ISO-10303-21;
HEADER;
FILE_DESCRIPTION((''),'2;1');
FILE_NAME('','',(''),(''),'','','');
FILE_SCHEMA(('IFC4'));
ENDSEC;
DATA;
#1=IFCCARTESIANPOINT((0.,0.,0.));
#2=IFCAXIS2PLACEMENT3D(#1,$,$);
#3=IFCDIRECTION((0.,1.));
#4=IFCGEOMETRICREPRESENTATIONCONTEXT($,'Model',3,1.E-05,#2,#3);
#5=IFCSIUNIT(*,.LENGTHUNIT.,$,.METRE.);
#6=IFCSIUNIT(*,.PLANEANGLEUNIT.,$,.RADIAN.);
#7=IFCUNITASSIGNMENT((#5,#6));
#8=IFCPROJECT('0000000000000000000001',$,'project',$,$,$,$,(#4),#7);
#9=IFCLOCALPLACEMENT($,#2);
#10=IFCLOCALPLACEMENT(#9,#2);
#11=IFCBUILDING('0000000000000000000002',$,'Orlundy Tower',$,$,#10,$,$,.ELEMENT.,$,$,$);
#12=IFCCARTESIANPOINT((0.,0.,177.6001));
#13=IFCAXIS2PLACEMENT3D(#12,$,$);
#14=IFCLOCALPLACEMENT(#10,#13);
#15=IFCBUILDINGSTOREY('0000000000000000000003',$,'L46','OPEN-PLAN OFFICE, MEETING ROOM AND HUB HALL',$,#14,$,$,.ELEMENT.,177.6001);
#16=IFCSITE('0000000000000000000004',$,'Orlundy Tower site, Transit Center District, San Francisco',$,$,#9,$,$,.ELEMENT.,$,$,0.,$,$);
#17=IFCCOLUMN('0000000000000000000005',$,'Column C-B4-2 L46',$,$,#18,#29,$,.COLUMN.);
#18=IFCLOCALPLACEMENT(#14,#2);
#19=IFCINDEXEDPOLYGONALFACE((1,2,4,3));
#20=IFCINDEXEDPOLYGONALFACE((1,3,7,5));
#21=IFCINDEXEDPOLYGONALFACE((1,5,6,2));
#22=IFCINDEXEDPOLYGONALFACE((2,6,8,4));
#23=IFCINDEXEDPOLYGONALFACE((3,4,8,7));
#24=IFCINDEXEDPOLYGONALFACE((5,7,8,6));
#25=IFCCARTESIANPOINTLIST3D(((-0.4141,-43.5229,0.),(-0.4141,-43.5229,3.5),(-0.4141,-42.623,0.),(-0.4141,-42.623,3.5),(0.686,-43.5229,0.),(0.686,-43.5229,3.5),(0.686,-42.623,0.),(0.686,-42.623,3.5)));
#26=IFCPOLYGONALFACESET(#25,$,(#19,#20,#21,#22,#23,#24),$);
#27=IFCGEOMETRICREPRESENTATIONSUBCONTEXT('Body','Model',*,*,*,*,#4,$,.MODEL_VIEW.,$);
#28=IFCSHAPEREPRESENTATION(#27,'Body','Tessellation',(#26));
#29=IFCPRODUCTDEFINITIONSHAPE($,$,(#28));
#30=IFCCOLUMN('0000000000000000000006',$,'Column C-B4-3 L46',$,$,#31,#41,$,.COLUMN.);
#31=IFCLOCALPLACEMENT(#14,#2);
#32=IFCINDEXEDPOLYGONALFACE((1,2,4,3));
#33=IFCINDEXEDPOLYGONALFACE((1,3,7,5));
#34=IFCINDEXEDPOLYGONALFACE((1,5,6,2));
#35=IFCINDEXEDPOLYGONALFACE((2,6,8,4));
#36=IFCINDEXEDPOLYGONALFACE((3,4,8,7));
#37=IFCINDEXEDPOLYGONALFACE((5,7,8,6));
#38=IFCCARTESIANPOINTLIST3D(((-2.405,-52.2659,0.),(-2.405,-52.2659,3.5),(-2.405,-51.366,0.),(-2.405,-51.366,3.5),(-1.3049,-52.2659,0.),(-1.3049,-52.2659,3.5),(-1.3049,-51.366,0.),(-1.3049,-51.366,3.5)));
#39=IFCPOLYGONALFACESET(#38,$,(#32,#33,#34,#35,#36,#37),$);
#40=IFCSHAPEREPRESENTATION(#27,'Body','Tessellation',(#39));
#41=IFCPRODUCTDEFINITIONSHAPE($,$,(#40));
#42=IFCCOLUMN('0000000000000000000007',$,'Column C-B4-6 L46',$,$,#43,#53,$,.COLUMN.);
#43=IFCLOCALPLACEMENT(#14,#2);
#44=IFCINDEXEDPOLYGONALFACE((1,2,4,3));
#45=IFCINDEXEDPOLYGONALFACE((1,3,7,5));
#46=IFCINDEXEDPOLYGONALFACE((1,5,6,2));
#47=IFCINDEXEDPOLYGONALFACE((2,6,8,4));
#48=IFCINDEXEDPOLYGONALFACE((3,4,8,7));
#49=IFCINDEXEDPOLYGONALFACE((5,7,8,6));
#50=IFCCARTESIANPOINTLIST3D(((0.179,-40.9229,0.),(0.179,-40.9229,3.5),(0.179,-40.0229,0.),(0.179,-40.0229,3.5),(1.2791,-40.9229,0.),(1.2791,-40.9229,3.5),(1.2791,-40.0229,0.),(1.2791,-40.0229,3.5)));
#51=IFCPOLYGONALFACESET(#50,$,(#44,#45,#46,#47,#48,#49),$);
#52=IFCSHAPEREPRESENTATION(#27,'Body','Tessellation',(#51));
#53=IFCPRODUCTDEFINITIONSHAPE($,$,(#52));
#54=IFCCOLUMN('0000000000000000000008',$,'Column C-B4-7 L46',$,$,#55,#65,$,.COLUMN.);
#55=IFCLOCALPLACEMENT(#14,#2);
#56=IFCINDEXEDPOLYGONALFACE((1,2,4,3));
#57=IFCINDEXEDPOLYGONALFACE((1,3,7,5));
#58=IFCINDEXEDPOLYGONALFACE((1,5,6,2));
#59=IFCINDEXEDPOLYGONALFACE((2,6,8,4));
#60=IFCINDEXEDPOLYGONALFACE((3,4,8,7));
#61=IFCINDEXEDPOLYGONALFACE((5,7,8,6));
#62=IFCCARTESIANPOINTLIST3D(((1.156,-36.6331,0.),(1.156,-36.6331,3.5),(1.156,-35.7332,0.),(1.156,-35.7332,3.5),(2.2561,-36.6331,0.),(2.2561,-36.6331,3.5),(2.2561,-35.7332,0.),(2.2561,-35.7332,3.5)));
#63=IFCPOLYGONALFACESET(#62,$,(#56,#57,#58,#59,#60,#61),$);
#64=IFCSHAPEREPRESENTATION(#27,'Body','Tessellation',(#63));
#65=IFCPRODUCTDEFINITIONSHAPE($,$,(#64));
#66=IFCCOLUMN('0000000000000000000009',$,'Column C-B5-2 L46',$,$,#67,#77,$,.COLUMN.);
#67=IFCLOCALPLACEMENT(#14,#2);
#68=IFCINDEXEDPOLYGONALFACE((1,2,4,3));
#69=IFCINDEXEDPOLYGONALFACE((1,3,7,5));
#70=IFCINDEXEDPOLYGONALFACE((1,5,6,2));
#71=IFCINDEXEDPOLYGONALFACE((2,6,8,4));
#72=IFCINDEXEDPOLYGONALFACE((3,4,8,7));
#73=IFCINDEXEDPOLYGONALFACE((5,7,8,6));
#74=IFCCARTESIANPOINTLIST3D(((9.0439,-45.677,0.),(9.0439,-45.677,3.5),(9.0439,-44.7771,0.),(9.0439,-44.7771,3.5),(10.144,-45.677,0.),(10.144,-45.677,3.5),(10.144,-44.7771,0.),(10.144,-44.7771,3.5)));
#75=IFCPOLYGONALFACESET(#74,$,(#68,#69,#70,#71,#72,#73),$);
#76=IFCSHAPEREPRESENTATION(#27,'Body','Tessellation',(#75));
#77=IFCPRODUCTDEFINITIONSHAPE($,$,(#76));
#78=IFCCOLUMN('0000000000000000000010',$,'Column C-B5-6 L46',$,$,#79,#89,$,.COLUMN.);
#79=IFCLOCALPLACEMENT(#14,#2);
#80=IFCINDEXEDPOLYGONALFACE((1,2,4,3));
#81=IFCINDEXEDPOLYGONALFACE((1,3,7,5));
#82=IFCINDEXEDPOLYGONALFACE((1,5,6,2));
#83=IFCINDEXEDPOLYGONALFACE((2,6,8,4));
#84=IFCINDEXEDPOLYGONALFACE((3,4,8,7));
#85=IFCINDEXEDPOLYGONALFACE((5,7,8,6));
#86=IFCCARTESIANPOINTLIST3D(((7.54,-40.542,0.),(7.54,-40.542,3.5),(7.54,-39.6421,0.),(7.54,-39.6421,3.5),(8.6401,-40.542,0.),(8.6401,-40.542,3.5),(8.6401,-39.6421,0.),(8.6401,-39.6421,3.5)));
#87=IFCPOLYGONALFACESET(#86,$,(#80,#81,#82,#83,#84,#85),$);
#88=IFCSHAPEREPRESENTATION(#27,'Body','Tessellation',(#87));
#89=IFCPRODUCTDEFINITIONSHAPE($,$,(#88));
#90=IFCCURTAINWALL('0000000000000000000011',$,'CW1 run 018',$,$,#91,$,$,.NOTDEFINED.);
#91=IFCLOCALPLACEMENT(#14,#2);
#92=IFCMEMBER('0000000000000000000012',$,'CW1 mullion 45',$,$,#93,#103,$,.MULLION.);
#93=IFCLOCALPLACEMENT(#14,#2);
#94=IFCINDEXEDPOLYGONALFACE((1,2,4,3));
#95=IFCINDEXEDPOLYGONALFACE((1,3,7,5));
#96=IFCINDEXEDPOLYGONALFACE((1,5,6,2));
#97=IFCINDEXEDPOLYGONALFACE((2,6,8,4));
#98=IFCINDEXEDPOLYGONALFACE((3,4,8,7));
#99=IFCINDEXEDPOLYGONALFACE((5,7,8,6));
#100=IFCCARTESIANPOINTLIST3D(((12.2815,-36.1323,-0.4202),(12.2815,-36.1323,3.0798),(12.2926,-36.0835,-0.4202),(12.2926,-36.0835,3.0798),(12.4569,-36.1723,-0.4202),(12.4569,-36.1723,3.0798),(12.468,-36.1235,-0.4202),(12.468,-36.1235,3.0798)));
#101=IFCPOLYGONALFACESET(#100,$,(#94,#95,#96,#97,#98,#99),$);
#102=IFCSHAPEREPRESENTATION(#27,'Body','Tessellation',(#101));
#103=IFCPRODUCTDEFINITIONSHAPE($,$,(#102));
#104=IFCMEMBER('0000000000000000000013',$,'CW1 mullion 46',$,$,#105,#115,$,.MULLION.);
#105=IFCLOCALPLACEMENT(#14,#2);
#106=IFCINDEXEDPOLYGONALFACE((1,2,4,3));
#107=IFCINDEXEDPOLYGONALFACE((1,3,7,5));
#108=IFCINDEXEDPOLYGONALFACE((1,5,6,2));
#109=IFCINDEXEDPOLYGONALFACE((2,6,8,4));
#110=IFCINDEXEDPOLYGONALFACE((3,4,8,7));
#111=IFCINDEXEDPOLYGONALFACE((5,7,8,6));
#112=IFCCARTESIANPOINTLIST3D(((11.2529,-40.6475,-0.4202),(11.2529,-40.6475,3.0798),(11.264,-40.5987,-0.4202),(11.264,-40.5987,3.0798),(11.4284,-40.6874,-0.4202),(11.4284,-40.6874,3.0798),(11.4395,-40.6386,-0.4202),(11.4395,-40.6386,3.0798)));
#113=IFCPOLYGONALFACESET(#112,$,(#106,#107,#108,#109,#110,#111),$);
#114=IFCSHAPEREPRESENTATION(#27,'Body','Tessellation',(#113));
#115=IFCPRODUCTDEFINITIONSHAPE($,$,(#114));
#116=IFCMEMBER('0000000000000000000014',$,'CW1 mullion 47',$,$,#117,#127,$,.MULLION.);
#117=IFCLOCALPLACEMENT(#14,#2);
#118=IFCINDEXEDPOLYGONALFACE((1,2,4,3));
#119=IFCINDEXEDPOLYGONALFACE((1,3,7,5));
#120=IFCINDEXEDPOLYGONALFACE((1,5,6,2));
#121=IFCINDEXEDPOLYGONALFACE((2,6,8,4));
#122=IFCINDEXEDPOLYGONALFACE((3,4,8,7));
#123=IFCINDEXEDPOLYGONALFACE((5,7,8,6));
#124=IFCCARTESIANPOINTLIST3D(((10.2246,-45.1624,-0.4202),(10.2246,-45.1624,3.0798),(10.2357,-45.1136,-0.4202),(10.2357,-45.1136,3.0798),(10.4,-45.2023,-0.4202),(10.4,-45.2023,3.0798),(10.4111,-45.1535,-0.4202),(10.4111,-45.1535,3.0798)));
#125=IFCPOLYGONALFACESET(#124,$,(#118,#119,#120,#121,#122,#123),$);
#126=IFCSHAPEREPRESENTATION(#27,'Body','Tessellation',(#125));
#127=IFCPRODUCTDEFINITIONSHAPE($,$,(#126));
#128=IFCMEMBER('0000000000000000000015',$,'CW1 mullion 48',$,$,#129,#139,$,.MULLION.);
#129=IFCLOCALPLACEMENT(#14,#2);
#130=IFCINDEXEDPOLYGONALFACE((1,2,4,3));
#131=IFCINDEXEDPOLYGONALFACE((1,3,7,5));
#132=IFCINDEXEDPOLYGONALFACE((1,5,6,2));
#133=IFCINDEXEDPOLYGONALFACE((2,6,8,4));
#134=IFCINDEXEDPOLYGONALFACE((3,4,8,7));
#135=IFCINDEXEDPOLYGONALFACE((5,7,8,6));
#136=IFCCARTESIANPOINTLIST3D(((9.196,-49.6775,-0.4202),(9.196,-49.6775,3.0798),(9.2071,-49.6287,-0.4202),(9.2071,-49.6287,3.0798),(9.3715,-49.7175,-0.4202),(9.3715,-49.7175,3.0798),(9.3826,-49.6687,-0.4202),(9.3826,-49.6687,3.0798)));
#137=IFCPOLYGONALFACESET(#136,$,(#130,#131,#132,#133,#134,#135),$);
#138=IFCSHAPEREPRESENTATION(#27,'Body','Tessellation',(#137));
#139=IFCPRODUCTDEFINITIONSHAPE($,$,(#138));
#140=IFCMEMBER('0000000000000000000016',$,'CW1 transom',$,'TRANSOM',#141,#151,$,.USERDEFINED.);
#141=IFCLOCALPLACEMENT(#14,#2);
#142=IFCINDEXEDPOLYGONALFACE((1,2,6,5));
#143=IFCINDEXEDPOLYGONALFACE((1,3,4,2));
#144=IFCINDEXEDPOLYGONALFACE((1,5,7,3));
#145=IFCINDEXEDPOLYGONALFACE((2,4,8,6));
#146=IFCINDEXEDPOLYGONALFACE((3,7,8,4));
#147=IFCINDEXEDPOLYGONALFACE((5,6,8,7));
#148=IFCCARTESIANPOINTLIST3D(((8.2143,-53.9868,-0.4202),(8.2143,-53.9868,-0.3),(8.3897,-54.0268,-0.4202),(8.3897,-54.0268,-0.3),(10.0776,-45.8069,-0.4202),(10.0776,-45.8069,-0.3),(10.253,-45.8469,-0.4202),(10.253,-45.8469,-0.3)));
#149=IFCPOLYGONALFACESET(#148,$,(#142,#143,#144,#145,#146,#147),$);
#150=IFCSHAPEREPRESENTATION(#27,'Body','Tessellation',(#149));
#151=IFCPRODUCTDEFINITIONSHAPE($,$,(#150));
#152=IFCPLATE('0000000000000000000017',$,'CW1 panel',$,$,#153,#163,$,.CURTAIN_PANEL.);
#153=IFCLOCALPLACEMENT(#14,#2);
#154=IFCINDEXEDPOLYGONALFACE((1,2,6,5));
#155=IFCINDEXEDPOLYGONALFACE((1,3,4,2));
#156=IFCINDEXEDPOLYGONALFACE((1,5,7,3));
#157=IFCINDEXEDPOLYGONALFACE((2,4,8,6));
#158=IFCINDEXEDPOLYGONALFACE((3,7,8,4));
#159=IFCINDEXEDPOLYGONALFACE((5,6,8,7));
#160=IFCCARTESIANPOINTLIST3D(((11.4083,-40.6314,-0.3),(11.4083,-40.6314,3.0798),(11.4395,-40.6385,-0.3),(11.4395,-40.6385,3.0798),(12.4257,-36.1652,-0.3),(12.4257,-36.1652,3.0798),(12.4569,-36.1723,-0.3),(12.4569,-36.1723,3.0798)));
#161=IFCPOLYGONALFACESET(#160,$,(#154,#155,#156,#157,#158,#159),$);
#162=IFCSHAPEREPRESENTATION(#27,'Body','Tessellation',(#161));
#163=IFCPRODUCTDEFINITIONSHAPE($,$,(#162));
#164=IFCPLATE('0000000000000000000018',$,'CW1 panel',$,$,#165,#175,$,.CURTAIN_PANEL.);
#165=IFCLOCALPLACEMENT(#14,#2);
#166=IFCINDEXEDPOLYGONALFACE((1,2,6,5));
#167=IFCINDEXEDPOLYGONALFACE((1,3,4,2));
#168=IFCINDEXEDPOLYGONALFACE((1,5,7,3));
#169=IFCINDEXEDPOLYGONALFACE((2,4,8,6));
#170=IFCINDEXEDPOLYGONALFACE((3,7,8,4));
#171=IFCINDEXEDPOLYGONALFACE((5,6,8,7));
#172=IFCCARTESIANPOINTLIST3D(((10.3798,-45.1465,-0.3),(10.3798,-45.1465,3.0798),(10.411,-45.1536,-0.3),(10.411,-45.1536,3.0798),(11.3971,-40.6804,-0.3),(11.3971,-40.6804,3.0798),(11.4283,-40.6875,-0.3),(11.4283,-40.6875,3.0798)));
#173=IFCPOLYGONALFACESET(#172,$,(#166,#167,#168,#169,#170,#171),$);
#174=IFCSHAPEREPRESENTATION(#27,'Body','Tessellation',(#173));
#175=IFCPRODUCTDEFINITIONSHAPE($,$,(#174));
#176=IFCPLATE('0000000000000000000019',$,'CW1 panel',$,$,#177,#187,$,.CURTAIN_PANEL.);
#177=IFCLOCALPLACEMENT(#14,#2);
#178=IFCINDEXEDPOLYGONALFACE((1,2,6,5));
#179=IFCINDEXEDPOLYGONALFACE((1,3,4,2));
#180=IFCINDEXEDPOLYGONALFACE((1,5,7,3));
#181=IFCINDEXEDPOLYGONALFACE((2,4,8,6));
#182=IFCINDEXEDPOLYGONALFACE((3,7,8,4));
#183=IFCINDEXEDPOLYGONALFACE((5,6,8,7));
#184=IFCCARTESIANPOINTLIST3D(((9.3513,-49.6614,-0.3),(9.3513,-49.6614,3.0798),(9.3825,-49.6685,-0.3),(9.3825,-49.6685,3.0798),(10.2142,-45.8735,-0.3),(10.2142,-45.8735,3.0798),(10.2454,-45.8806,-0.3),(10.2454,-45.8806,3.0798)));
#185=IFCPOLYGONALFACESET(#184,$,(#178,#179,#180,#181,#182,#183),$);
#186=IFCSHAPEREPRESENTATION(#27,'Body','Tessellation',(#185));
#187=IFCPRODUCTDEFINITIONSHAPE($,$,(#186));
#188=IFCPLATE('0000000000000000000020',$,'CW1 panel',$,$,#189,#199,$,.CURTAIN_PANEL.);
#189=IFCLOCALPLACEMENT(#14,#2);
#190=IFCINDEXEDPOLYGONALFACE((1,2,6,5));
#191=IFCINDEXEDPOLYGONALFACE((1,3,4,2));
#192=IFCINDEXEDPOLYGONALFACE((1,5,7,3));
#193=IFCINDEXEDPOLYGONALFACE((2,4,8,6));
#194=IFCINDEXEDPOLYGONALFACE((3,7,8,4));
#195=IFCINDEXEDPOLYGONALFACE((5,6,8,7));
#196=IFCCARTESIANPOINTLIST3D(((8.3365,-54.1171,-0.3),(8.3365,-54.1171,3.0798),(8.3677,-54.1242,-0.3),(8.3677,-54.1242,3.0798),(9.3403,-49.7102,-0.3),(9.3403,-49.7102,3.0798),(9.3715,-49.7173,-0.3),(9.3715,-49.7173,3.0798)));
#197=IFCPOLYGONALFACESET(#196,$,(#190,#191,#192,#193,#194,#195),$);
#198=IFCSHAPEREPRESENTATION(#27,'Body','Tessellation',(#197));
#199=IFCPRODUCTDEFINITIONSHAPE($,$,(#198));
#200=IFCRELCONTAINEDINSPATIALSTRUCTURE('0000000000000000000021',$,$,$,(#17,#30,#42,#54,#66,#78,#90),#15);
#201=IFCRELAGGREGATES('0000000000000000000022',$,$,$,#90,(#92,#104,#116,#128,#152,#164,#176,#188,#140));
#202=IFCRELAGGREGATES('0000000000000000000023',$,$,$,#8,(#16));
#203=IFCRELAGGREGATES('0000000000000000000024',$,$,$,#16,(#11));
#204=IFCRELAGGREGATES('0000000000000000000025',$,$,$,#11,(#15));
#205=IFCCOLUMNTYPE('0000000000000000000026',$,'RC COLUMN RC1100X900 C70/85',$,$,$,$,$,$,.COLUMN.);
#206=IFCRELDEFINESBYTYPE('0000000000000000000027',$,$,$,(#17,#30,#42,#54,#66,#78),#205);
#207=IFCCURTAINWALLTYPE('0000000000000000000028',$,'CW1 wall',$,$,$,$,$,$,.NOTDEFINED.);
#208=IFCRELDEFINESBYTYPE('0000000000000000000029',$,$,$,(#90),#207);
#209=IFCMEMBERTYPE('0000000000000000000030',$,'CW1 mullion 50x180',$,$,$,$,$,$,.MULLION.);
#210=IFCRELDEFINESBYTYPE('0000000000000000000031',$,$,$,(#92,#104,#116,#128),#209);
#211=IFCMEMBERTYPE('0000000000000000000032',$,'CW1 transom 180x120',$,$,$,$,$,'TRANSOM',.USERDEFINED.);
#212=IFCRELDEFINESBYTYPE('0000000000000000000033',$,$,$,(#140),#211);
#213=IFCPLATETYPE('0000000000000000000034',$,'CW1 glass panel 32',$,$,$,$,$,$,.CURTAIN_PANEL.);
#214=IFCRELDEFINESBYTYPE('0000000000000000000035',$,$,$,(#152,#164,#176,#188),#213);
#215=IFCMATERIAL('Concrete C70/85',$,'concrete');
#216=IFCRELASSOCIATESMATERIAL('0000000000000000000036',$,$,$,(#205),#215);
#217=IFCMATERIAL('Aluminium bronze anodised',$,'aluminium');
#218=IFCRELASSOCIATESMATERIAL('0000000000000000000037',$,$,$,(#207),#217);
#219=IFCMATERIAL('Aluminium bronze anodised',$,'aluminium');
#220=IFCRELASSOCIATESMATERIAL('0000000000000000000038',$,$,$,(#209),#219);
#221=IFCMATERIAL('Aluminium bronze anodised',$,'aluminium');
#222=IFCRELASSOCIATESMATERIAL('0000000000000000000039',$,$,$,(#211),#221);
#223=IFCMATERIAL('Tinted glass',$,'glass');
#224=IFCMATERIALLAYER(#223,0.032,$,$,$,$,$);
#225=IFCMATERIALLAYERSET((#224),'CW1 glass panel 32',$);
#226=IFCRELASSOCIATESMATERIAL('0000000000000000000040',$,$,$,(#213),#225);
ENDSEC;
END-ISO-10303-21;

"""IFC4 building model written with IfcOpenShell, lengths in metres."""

from ifc_helpers import new_model, si_unit, direction, frame, origin, origin_2d, place, context, subcontext, project, spatial, rectangle, extrude, material, layer, layer_set, material_profile, profile_set, type_object, element, aggregate, save


model = new_model("IFC4")

# Units and contexts
model_context = context("Model", 3, precision=1e-05, world=origin(), true_north=direction((0.0, 1.0)))
body_context = subcontext(model_context, "Body", "Model", "MODEL_VIEW")
ifc_project = project(units=[si_unit("LENGTHUNIT", "METRE"), si_unit("PLANEANGLEUNIT", "RADIAN")], contexts=[model_context])

# Site, building, storey
site_placement = place(None, origin())
site = spatial("IfcSite", under=ifc_project, at=site_placement, Name="Orlundy Tower site, Transit Center District, San Francisco", CompositionType="ELEMENT", RefElevation=0.0)
building_placement = place(site_placement, origin())
building = spatial("IfcBuilding", under=site, at=building_placement, Name="Orlundy Tower", CompositionType="ELEMENT")
storey_placement = place(building_placement, frame((0.0, 0.0, 177.6001)))
storey = spatial("IfcBuildingStorey", under=building, at=storey_placement, Name="L46", Description="OPEN-PLAN OFFICE, MEETING ROOM AND HUB HALL", CompositionType="ELEMENT", Elevation=177.6001)

# Columns
ifc_material_1 = material(Name="Concrete C70/85", Category="concrete")
ifc_material_profile_1 = material_profile(ifc_material_1, rectangle(XDim=1.1001, YDim=0.8999, at=origin_2d()), Name="RC1100X900")
ifc_profile_set_1 = profile_set([ifc_material_profile_1], Name="Concrete C70/85")
column_type = type_object("IfcColumnType", Name="RC COLUMN RC1100X900 C70/85", PredefinedType="COLUMN", material=ifc_profile_set_1)
for number, where, z_axis, x_axis, name in (
    (1, (0.136, -43.073, 0.0), (0.0, 0.0, 1.0), (1.0, 0.0, 0.0), "Column C-B4-2 L46"),
    (2, (-1.855, -51.8159, 0.0), (0.0, 0.0, 1.0), (1.0, 0.0, 0.0), "Column C-B4-3 L46"),
    (3, (0.729, -40.4729, 0.0), (0.0, 0.0, 1.0), (1.0, 0.0, 0.0), "Column C-B4-6 L46"),
    (4, (1.7061, -36.1831, 0.0), (0.0, 0.0, 1.0), (1.0, 0.0, 0.0), "Column C-B4-7 L46"),
    (5, (9.594, -45.2271, 0.0), (0.0, 0.0, 1.0), (1.0, 0.0, 0.0), "Column C-B5-2 L46"),
    (6, (8.0901, -40.092, 0.0), (0.0, 0.0, 1.0), (1.0, 0.0, 0.0), "Column C-B5-6 L46"),
):
    element("IfcColumn", number, at=place(storey_placement, frame(where, z_axis=z_axis, x_axis=x_axis)), inside=storey, type_object=column_type, Name=name, PredefinedType="COLUMN", context=body_context, shape_type="SweptSolid", body=[
        extrude(rectangle(XDim=1.1001, YDim=0.8999, at=origin_2d()), origin(), (0.0, 0.0, 1.0), 3.5),
    ])

# Curtain wall, members, plates
ifc_material_2 = material(Name="Aluminium bronze anodised", Category="aluminium")
curtain_wall_type = type_object("IfcCurtainWallType", Name="CW1 wall", PredefinedType="NOTDEFINED", material=ifc_material_2)
curtain_wall_placement = place(storey_placement, origin())
curtain_wall = element("IfcCurtainWall", 7, at=curtain_wall_placement, inside=storey, type_object=curtain_wall_type, Name="CW1 run 018", PredefinedType="NOTDEFINED")
ifc_material_3 = material(Name="Aluminium bronze anodised", Category="aluminium")
ifc_material_profile_2 = material_profile(ifc_material_3, rectangle(XDim=0.1799, YDim=0.05, at=origin_2d()), Name="CW1 mullion 50x180")
ifc_profile_set_2 = profile_set([ifc_material_profile_2], Name="Aluminium bronze anodised")
member_type_1 = type_object("IfcMemberType", Name="CW1 mullion 50x180", PredefinedType="MULLION", material=ifc_profile_set_2)
member_1_placement = place(storey_placement, frame((12.3748, -36.1279, -0.4202), z_axis=(0.0, 0.0, 1.0), x_axis=(0.975022, -0.222106, 0.0)))
member_1 = element("IfcMember", 8, at=member_1_placement, type_object=member_type_1, Name="CW1 mullion 45", PredefinedType="MULLION", context=body_context, shape_type="SweptSolid", body=[
    extrude(rectangle(XDim=0.1799, YDim=0.05, at=origin_2d()), origin(), (0.0, 0.0, 1.0), 3.5),
])
member_2_placement = place(storey_placement, frame((11.3462, -40.6431, -0.4202), z_axis=(0.0, 0.0, 1.0), x_axis=(0.975022, -0.222106, 0.0)))
member_2 = element("IfcMember", 9, at=member_2_placement, type_object=member_type_1, Name="CW1 mullion 46", PredefinedType="MULLION", context=body_context, shape_type="SweptSolid", body=[
    extrude(rectangle(XDim=0.1799, YDim=0.05, at=origin_2d()), origin(), (0.0, 0.0, 1.0), 3.5),
])
member_3_placement = place(storey_placement, frame((10.3179, -45.158, -0.4202), z_axis=(0.0, 0.0, 1.0), x_axis=(0.975022, -0.222106, 0.0)))
member_3 = element("IfcMember", 10, at=member_3_placement, type_object=member_type_1, Name="CW1 mullion 47", PredefinedType="MULLION", context=body_context, shape_type="SweptSolid", body=[
    extrude(rectangle(XDim=0.1799, YDim=0.05, at=origin_2d()), origin(), (0.0, 0.0, 1.0), 3.5),
])
member_4_placement = place(storey_placement, frame((9.2893, -49.6731, -0.4202), z_axis=(0.0, 0.0, 1.0), x_axis=(0.975022, -0.222106, 0.0)))
member_4 = element("IfcMember", 11, at=member_4_placement, type_object=member_type_1, Name="CW1 mullion 48", PredefinedType="MULLION", context=body_context, shape_type="SweptSolid", body=[
    extrude(rectangle(XDim=0.1799, YDim=0.05, at=origin_2d()), origin(), (0.0, 0.0, 1.0), 3.5),
])
ifc_material_4 = material(Name="Aluminium bronze anodised", Category="aluminium")
ifc_material_profile_3 = material_profile(ifc_material_4, rectangle(XDim=0.1799, YDim=0.1201, at=origin_2d()), Name="CW1 transom 180x120")
ifc_profile_set_3 = profile_set([ifc_material_profile_3], Name="Aluminium bronze anodised")
member_type_2 = type_object("IfcMemberType", Name="CW1 transom 180x120", ElementType="TRANSOM", PredefinedType="USERDEFINED", material=ifc_profile_set_3)
member_5_placement = place(storey_placement, frame((10.1653, -45.8269, -0.3601), z_axis=(-0.222098, -0.975024, 0.0), x_axis=(0.975024, -0.222098, 0.0)))
member_5 = element("IfcMember", 12, at=member_5_placement, type_object=member_type_2, Name="CW1 transom", ObjectType="TRANSOM", PredefinedType="USERDEFINED", context=body_context, shape_type="SweptSolid", body=[
    extrude(rectangle(XDim=0.1799, YDim=0.1201, at=origin_2d()), origin(), (0.0, 0.0, 1.0), 8.3894),
])
ifc_material_5 = material(Name="Tinted glass", Category="glass")
ifc_layer_1 = layer(ifc_material_5, 0.032)
ifc_layer_set_1 = layer_set([ifc_layer_1], Name="CW1 glass panel 32")
plate_type = type_object("IfcPlateType", Name="CW1 glass panel 32", PredefinedType="CURTAIN_PANEL", material=ifc_layer_set_1)
plate_1_placement = place(storey_placement, frame((11.9326, -38.4019, -0.3), z_axis=(0.0, 0.0, 1.0), x_axis=(-0.222106, -0.975022, 0.0)))
plate_1 = element("IfcPlate", 13, at=plate_1_placement, type_object=plate_type, Name="CW1 panel", PredefinedType="CURTAIN_PANEL", context=body_context, shape_type="SweptSolid", body=[
    extrude(rectangle(XDim=4.5806, YDim=0.032, at=origin_2d()), origin(), (0.0, 0.0, 1.0), 3.3799),
])
plate_2_placement = place(storey_placement, frame((10.9041, -42.917, -0.3), z_axis=(0.0, 0.0, 1.0), x_axis=(-0.222106, -0.975022, 0.0)))
plate_2 = element("IfcPlate", 14, at=plate_2_placement, type_object=plate_type, Name="CW1 panel", PredefinedType="CURTAIN_PANEL", context=body_context, shape_type="SweptSolid", body=[
    extrude(rectangle(XDim=4.5806, YDim=0.032, at=origin_2d()), origin(), (0.0, 0.0, 1.0), 3.3799),
])
plate_3_placement = place(storey_placement, frame((9.7983, -47.771, -0.3), z_axis=(0.0, 0.0, 1.0), x_axis=(-0.222106, -0.975022, 0.0)))
plate_3 = element("IfcPlate", 15, at=plate_3_placement, type_object=plate_type, Name="CW1 panel", PredefinedType="CURTAIN_PANEL", context=body_context, shape_type="SweptSolid", body=[
    extrude(rectangle(XDim=3.885, YDim=0.032, at=origin_2d()), origin(), (0.0, 0.0, 1.0), 3.3799),
])
plate_4_placement = place(storey_placement, frame((8.854, -51.9172, -0.3), z_axis=(0.0, 0.0, 1.0), x_axis=(-0.222106, -0.975022, 0.0)))
plate_4 = element("IfcPlate", 16, at=plate_4_placement, type_object=plate_type, Name="CW1 panel", PredefinedType="CURTAIN_PANEL", context=body_context, shape_type="SweptSolid", body=[
    extrude(rectangle(XDim=4.5198, YDim=0.032, at=origin_2d()), origin(), (0.0, 0.0, 1.0), 3.3799),
])
aggregate(curtain_wall, [member_1, member_2, member_3, member_4, plate_1, plate_2, plate_3, plate_4, member_5])

save(model, "model.ifc")
